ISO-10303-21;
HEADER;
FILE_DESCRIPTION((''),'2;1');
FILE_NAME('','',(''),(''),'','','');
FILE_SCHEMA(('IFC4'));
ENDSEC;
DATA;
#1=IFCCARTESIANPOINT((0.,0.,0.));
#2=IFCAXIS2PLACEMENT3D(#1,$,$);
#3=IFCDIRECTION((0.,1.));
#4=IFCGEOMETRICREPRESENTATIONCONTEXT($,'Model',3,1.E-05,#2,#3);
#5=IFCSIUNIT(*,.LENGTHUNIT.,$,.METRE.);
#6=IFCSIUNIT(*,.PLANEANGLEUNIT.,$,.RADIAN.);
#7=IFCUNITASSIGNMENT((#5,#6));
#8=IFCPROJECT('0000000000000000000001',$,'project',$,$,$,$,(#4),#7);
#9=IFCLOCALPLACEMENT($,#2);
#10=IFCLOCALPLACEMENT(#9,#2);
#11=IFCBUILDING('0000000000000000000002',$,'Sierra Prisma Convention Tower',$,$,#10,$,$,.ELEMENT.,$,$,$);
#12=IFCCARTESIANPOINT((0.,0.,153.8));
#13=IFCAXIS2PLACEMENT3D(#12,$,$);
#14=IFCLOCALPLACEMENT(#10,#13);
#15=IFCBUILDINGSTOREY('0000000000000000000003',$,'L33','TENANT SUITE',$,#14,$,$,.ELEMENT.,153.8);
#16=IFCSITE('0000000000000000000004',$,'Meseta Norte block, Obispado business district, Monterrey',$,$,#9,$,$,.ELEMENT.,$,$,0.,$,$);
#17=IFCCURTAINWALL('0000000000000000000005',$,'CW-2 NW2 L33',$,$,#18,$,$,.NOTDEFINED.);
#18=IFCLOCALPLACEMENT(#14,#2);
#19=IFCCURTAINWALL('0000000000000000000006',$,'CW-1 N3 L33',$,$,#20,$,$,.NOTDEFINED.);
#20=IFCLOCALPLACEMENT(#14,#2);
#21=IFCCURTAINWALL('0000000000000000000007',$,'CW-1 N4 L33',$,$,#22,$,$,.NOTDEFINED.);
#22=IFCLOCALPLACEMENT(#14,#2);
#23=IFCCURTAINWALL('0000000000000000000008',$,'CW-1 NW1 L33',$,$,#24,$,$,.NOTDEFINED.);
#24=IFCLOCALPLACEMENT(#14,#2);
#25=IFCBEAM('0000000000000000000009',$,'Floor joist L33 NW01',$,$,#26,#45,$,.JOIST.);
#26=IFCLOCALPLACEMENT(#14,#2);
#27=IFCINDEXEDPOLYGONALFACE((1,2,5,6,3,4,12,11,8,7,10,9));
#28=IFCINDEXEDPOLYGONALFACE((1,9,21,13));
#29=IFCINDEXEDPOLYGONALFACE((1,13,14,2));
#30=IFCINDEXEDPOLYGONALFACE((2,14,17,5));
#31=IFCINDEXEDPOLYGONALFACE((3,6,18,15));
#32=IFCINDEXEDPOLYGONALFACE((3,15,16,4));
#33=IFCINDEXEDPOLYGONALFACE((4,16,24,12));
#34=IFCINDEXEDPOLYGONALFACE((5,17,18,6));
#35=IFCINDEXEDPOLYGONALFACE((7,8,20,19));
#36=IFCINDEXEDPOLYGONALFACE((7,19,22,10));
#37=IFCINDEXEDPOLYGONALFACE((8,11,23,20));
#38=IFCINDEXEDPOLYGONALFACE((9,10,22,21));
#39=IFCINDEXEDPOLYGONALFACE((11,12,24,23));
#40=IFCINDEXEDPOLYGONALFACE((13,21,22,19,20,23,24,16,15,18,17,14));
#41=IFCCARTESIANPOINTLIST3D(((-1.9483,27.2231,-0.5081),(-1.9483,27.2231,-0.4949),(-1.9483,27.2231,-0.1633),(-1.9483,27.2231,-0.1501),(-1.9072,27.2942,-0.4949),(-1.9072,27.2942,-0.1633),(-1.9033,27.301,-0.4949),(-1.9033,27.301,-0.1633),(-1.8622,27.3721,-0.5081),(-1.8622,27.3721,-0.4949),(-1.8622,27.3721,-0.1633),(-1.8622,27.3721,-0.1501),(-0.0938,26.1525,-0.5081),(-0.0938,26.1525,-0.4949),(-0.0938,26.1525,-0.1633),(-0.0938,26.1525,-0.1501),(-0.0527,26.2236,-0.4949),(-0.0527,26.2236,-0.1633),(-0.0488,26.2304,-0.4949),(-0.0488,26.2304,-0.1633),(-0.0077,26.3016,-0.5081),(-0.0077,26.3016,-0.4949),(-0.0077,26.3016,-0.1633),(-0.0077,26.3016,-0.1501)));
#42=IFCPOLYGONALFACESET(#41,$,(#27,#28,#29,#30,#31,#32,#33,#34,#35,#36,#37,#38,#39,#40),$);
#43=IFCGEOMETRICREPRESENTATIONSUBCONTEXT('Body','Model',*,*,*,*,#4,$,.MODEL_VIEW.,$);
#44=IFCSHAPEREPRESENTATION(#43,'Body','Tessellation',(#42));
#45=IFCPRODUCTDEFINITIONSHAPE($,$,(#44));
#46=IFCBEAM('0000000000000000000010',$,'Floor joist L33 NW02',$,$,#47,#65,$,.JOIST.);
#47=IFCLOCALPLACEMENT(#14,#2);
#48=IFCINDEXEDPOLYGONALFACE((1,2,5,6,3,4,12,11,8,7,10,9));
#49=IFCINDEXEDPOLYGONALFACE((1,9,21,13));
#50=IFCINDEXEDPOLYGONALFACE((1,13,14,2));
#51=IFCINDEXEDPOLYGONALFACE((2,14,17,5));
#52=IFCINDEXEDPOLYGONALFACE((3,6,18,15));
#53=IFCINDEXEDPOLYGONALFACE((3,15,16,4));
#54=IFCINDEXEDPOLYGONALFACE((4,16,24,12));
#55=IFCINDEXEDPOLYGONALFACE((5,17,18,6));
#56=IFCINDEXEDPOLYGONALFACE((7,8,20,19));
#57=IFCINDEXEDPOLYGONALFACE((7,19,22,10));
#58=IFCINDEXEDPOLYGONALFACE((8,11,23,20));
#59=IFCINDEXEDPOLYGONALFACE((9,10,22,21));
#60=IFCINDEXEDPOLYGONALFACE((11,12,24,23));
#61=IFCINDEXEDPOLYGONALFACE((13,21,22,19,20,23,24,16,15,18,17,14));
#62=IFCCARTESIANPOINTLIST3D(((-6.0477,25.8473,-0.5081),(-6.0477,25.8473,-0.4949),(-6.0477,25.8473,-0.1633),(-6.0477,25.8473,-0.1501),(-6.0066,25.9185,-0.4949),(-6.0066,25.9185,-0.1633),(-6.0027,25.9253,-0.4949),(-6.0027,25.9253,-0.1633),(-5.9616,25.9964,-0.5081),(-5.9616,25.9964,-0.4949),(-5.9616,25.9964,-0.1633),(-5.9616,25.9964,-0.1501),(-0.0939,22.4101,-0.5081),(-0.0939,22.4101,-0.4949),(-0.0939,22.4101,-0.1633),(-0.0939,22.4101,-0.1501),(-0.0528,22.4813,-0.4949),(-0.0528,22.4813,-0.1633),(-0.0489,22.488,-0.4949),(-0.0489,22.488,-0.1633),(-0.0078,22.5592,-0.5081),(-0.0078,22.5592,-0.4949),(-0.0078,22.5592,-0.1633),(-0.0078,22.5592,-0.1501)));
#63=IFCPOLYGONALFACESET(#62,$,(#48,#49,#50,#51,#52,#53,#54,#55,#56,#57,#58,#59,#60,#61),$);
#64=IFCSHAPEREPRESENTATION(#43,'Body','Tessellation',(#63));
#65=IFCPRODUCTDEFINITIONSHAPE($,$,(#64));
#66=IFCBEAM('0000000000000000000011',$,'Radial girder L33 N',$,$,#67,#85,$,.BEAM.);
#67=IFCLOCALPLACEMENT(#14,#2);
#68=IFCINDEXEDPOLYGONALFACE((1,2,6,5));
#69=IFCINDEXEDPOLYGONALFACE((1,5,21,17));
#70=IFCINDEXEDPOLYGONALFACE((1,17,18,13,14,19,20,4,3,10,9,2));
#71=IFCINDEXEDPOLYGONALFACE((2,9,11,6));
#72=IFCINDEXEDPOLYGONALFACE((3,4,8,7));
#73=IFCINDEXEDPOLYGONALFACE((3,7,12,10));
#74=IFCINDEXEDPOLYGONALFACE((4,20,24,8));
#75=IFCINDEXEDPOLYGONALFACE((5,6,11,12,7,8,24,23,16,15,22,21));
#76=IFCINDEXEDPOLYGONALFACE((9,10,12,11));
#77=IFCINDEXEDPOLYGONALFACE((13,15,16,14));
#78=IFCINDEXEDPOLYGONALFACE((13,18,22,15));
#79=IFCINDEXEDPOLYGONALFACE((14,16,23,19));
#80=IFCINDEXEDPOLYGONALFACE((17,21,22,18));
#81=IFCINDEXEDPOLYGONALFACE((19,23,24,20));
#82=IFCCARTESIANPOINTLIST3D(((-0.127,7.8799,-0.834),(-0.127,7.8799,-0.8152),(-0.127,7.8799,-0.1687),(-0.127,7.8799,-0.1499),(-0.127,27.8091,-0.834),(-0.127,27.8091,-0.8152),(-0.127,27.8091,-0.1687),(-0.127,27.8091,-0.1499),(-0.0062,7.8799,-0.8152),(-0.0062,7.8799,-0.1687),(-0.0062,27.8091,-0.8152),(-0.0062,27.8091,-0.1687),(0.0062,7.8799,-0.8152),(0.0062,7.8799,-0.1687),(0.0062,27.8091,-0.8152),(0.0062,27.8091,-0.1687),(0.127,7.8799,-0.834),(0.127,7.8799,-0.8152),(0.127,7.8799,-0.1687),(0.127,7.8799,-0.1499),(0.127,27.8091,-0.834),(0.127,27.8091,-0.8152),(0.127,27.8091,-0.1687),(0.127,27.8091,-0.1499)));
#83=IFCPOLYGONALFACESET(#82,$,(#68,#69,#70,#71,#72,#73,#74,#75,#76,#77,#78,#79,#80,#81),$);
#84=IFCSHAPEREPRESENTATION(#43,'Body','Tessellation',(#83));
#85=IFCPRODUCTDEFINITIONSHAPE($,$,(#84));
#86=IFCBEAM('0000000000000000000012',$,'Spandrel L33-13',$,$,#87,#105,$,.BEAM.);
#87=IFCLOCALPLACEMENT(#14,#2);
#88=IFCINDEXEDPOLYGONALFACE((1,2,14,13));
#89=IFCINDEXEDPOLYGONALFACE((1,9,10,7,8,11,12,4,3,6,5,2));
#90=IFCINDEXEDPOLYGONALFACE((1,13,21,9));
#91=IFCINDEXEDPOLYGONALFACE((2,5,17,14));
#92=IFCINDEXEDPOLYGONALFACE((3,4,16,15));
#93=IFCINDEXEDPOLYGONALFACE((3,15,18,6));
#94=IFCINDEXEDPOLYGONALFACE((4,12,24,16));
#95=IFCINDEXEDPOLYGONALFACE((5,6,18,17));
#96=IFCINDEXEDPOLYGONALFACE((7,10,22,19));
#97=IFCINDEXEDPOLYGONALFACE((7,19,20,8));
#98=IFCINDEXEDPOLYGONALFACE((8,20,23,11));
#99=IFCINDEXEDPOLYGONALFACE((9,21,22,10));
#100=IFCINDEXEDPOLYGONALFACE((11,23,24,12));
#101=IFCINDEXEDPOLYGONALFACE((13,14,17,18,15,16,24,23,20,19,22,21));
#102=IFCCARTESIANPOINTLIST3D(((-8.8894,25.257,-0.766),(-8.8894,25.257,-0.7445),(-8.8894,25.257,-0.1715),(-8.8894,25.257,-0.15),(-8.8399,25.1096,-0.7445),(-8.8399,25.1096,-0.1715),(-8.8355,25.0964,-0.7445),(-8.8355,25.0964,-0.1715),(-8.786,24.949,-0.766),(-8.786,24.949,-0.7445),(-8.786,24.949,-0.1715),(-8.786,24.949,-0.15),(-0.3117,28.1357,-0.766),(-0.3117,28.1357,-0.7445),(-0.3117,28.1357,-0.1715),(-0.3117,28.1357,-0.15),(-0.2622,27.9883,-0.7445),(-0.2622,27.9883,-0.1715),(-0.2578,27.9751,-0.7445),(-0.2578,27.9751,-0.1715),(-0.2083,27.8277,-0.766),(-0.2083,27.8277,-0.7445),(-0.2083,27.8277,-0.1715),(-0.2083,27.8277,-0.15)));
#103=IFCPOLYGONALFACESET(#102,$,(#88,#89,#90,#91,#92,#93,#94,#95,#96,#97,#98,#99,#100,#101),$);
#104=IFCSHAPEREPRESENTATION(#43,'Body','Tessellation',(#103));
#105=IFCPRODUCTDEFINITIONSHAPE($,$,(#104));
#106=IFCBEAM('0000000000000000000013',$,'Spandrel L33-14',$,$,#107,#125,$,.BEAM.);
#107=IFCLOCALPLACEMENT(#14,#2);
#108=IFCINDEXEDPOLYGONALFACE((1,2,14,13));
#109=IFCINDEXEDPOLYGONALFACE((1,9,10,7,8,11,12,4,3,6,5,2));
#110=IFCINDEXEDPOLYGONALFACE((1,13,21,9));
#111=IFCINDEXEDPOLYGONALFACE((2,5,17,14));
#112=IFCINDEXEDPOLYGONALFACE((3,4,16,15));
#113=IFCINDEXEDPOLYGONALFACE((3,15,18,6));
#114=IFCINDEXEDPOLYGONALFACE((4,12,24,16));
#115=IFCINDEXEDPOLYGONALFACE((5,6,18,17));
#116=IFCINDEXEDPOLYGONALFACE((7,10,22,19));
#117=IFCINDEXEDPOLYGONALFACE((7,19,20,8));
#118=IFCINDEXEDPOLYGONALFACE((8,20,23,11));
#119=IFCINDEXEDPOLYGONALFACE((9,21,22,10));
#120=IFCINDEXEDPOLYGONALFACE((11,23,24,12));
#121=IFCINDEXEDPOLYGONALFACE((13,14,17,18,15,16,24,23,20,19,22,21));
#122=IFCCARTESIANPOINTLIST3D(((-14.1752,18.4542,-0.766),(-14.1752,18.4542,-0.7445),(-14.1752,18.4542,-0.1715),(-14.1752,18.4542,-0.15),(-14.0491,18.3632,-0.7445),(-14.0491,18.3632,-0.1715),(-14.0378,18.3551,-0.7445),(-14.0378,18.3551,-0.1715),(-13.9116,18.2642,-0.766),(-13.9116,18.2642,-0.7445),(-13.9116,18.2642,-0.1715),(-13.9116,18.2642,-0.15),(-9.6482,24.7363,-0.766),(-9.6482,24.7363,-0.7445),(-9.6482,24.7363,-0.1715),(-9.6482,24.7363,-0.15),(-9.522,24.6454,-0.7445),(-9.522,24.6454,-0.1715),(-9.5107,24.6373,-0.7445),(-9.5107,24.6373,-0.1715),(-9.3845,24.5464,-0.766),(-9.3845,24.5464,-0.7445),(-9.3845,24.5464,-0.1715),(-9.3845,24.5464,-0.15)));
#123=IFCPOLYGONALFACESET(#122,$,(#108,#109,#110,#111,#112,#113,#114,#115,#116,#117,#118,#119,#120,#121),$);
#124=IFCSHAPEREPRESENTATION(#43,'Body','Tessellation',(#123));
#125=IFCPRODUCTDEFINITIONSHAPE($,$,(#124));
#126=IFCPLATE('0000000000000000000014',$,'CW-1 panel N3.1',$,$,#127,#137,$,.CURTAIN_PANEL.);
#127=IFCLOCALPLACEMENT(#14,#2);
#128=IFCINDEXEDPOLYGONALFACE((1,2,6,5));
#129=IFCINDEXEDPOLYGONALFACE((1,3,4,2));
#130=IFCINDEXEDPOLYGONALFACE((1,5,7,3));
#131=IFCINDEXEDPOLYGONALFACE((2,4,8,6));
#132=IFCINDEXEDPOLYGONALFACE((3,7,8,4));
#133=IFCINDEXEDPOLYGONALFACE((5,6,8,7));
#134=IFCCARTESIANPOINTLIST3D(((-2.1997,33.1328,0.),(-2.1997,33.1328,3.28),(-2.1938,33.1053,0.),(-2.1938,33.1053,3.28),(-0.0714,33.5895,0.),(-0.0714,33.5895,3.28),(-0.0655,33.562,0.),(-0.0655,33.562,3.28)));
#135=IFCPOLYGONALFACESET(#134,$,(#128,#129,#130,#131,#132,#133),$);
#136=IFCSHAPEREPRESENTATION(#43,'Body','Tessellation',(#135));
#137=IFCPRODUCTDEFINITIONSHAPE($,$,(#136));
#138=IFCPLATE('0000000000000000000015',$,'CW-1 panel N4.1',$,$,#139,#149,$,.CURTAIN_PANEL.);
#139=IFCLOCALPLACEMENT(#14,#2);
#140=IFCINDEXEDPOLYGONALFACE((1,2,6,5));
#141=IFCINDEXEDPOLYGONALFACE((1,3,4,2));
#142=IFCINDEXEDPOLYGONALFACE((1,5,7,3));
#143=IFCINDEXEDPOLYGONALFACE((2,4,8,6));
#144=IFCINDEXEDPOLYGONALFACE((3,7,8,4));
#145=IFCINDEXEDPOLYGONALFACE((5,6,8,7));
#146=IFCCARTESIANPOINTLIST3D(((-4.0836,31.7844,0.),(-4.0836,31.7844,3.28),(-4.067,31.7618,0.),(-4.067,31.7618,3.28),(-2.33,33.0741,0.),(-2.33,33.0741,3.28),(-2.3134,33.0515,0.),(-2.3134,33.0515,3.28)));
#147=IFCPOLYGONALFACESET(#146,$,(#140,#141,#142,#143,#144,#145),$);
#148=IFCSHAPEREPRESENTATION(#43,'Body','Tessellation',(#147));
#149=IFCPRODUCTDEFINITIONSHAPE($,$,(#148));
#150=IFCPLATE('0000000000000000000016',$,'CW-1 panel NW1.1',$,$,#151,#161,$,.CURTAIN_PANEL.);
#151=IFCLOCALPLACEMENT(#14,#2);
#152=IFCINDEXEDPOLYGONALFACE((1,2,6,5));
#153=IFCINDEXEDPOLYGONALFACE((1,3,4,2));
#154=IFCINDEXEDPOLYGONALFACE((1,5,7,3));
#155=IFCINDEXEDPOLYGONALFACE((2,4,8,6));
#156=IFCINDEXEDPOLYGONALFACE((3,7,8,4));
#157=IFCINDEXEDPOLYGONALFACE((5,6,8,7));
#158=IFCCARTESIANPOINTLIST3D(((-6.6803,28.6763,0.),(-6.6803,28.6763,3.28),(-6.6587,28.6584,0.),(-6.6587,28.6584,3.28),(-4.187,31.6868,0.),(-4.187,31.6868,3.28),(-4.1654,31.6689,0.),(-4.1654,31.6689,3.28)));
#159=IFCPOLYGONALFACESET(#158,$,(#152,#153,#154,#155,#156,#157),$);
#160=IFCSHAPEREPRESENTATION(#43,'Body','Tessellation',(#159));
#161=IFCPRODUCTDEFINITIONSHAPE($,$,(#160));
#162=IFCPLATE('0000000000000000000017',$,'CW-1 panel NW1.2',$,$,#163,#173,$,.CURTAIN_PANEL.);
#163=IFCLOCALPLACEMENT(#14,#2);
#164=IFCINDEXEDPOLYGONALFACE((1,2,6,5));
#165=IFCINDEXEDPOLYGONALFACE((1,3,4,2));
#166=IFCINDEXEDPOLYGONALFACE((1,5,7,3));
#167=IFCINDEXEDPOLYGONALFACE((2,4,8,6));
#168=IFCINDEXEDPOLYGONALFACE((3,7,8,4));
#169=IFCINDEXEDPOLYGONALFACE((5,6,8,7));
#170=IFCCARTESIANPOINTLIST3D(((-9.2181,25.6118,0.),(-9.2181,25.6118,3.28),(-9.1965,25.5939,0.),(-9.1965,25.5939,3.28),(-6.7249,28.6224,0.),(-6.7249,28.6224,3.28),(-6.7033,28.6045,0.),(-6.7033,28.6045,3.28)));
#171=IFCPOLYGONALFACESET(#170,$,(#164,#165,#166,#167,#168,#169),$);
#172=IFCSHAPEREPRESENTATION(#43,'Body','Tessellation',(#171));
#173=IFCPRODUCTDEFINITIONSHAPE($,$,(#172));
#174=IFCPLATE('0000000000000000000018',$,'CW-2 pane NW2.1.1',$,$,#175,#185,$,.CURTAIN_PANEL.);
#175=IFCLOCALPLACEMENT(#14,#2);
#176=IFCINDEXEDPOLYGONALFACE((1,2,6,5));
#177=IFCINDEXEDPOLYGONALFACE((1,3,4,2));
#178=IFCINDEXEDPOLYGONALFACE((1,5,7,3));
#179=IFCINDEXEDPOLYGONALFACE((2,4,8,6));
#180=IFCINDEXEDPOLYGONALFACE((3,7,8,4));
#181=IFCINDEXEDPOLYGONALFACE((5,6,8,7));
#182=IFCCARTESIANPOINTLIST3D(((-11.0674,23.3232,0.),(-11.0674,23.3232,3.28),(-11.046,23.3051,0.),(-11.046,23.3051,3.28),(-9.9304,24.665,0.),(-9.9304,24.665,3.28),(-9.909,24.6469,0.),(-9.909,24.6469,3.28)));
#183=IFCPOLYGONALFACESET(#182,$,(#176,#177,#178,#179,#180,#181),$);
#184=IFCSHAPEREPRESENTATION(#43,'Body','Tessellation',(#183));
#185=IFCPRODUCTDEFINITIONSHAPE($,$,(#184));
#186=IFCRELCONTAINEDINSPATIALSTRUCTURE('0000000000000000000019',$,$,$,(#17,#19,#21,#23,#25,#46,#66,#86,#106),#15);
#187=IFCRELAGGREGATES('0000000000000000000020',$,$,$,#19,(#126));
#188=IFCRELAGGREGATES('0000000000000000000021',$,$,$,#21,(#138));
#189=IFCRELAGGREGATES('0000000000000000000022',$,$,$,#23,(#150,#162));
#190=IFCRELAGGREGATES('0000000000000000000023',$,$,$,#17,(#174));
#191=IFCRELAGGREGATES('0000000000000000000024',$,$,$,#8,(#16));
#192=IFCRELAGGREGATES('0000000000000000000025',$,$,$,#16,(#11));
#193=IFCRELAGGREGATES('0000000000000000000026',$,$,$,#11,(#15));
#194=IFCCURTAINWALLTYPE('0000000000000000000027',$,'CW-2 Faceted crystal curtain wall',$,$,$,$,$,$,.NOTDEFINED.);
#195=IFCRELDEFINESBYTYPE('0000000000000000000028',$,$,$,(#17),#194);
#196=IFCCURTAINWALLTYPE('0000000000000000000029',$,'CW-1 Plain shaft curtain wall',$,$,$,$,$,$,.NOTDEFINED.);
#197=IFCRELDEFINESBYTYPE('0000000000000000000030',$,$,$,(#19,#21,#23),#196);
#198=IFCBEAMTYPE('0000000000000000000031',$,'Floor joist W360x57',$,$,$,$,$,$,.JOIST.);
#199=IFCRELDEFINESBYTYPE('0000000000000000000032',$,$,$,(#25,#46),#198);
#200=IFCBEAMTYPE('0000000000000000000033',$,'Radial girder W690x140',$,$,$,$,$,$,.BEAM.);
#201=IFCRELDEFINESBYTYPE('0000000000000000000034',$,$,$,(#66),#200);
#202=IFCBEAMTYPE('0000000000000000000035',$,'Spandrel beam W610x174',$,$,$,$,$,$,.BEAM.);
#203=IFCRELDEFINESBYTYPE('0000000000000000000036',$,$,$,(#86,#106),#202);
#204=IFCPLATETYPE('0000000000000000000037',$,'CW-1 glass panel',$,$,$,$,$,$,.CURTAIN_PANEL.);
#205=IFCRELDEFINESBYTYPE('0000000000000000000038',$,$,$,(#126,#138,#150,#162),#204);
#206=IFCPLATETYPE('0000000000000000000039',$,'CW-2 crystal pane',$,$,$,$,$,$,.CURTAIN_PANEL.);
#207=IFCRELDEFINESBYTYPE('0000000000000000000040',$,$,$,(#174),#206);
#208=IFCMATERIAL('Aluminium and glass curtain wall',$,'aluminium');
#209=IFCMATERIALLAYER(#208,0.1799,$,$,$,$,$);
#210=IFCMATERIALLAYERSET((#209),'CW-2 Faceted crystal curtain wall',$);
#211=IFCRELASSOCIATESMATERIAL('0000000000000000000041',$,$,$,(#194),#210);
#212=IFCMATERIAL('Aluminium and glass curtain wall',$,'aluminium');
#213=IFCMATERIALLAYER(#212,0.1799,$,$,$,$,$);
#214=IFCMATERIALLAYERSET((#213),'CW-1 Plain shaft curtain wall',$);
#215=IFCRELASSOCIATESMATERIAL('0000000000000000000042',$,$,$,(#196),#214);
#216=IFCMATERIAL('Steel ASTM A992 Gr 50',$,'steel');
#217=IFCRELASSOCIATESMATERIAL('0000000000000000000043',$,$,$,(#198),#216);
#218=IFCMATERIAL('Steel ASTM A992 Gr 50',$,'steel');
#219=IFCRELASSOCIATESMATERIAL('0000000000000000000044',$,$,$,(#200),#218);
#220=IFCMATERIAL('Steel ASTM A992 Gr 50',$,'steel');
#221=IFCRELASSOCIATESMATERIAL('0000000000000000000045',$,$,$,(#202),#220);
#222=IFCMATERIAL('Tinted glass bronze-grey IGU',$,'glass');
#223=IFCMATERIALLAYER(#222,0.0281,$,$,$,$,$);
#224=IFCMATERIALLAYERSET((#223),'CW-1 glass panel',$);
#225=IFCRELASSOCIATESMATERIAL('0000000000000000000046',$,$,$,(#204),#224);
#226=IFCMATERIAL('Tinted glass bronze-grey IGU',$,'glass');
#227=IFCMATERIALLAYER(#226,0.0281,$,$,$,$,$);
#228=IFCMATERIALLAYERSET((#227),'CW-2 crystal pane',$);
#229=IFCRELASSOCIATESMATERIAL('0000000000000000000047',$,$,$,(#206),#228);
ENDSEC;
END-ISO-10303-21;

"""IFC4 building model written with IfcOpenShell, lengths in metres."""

from ifc_helpers import new_model, si_unit, direction, frame, origin, origin_2d, place, context, subcontext, project, spatial, polyline, rectangle, i_section, outline, extrude, material, layer, layer_set, material_profile, profile_set, type_object, element, aggregate, save


model = new_model("IFC4")

# Units and contexts
model_context = context("Model", 3, precision=1e-05, world=origin(), true_north=direction((0.0, 1.0)))
body_context = subcontext(model_context, "Body", "Model", "MODEL_VIEW")
ifc_project = project(units=[si_unit("LENGTHUNIT", "METRE"), si_unit("PLANEANGLEUNIT", "RADIAN")], contexts=[model_context])

# Site, building, storey
site_placement = place(None, origin())
site = spatial("IfcSite", under=ifc_project, at=site_placement, Name="Meseta Norte block, Obispado business district, Monterrey", CompositionType="ELEMENT", RefElevation=0.0)
building_placement = place(site_placement, origin())
building = spatial("IfcBuilding", under=site, at=building_placement, Name="Sierra Prisma Convention Tower", CompositionType="ELEMENT")
storey_placement = place(building_placement, frame((0.0, 0.0, 153.8)))
storey = spatial("IfcBuildingStorey", under=building, at=storey_placement, Name="L33", Description="TENANT SUITE", CompositionType="ELEMENT", Elevation=153.8)

# Curtain walls
ifc_material_1 = material(Name="Aluminium and glass curtain wall", Category="aluminium")
ifc_layer_1 = layer(ifc_material_1, 0.1799)
ifc_layer_set_1 = layer_set([ifc_layer_1], Name="CW-2 Faceted crystal curtain wall")
curtain_wall_type_1 = type_object("IfcCurtainWallType", Name="CW-2 Faceted crystal curtain wall", PredefinedType="NOTDEFINED", material=ifc_layer_set_1)
curtain_wall_1_placement = place(storey_placement, origin())
curtain_wall_1 = element("IfcCurtainWall", 1, at=curtain_wall_1_placement, inside=storey, type_object=curtain_wall_type_1, Name="CW-2 NW2 L33", PredefinedType="NOTDEFINED")
ifc_material_2 = material(Name="Aluminium and glass curtain wall", Category="aluminium")
ifc_layer_2 = layer(ifc_material_2, 0.1799)
ifc_layer_set_2 = layer_set([ifc_layer_2], Name="CW-1 Plain shaft curtain wall")
curtain_wall_type_2 = type_object("IfcCurtainWallType", Name="CW-1 Plain shaft curtain wall", PredefinedType="NOTDEFINED", material=ifc_layer_set_2)
curtain_wall_2_placement = place(storey_placement, origin())
curtain_wall_2 = element("IfcCurtainWall", 2, at=curtain_wall_2_placement, inside=storey, type_object=curtain_wall_type_2, Name="CW-1 N3 L33", PredefinedType="NOTDEFINED")
curtain_wall_3_placement = place(storey_placement, origin())
curtain_wall_3 = element("IfcCurtainWall", 3, at=curtain_wall_3_placement, inside=storey, type_object=curtain_wall_type_2, Name="CW-1 N4 L33", PredefinedType="NOTDEFINED")

# Curtain wall
curtain_wall_4_placement = place(storey_placement, origin())
curtain_wall_4 = element("IfcCurtainWall", 4, at=curtain_wall_4_placement, inside=storey, type_object=curtain_wall_type_2, Name="CW-1 NW1 L33", PredefinedType="NOTDEFINED")

# Beams
ifc_material_3 = material(Name="Steel ASTM A992 Gr 50", Category="steel")
ifc_material_profile_1 = material_profile(ifc_material_3, i_section(OverallWidth=0.1721, OverallDepth=0.3579, WebThickness=0.0078, FlangeThickness=0.0132, at=origin_2d()), Name="W360x57")
ifc_profile_set_1 = profile_set([ifc_material_profile_1], Name="Steel ASTM A992 Gr 50")
beam_type_1 = type_object("IfcBeamType", Name="Floor joist W360x57", PredefinedType="JOIST", material=ifc_profile_set_1)
beam_1_placement = place(storey_placement, frame((-1.9053, 27.2976, -0.3291), z_axis=(0.866053, -0.499953, 0.0), x_axis=(0.499953, 0.866053, 0.0)))
element("IfcBeam", 5, at=beam_1_placement, inside=storey, type_object=beam_type_1, Name="Floor joist L33 NW01", PredefinedType="JOIST", context=body_context, shape_type="SweptSolid", body=[
    extrude(i_section(OverallWidth=0.1721, OverallDepth=0.3579, WebThickness=0.0078, FlangeThickness=0.0132, at=origin_2d()), origin(), (0.0, 0.0, 1.0), 2.1414),
])
beam_2_placement = place(storey_placement, frame((-6.0046, 25.9219, -0.3291), z_axis=(0.866038, -0.499978, 0.0), x_axis=(0.499978, 0.866038, 0.0)))
element("IfcBeam", 6, at=beam_2_placement, inside=storey, type_object=beam_type_1, Name="Floor joist L33 NW02", PredefinedType="JOIST", context=body_context, shape_type="SweptSolid", body=[
    extrude(i_section(OverallWidth=0.1721, OverallDepth=0.3579, WebThickness=0.0078, FlangeThickness=0.0132, at=origin_2d()), origin(), (0.0, 0.0, 1.0), 6.8748),
])
ifc_material_4 = material(Name="Steel ASTM A992 Gr 50", Category="steel")
ifc_material_profile_2 = material_profile(ifc_material_4, i_section(OverallWidth=0.2539, OverallDepth=0.6841, WebThickness=0.0125, FlangeThickness=0.0188, at=origin_2d()), Name="W690x140")
ifc_profile_set_2 = profile_set([ifc_material_profile_2], Name="Steel ASTM A992 Gr 50")
beam_type_2 = type_object("IfcBeamType", Name="Radial girder W690x140", PredefinedType="BEAM", material=ifc_profile_set_2)
beam_3_placement = place(storey_placement, frame((0.0, 27.8091, -0.4919), z_axis=(0.0, -1.0, 0.0), x_axis=(1.0, 0.0, 0.0)))
element("IfcBeam", 7, at=beam_3_placement, inside=storey, type_object=beam_type_2, Name="Radial girder L33 N", PredefinedType="BEAM", context=body_context, shape_type="SweptSolid", body=[
    extrude(i_section(OverallWidth=0.2539, OverallDepth=0.6841, WebThickness=0.0125, FlangeThickness=0.0188, at=origin_2d()), origin(), (0.0, 0.0, 1.0), 19.9292),
])
ifc_material_5 = material(Name="Steel ASTM A992 Gr 50", Category="steel")
ifc_material_profile_3 = material_profile(ifc_material_5, i_section(OverallWidth=0.325, OverallDepth=0.616, WebThickness=0.0139, FlangeThickness=0.0215, at=origin_2d()), Name="W610x174")
ifc_profile_set_3 = profile_set([ifc_material_profile_3], Name="Steel ASTM A992 Gr 50")
beam_type_3 = type_object("IfcBeamType", Name="Spandrel beam W610x174", PredefinedType="BEAM", material=ifc_profile_set_3)
beam_4_placement = place(storey_placement, frame((-0.26, 27.9817, -0.458), z_axis=(-0.948036, -0.318162, 0.0), x_axis=(0.318162, -0.948036, 0.0)))
element("IfcBeam", 8, at=beam_4_placement, inside=storey, type_object=beam_type_3, Name="Spandrel L33-13", PredefinedType="BEAM", context=body_context, shape_type="SweptSolid", body=[
    extrude(i_section(OverallWidth=0.325, OverallDepth=0.616, WebThickness=0.0139, FlangeThickness=0.0215, at=origin_2d()), origin(), (0.0, 0.0, 1.0), 9.0479),
])
beam_5_placement = place(storey_placement, frame((-9.5164, 24.6414, -0.458), z_axis=(-0.584636, -0.811296, 0.0), x_axis=(0.811296, -0.584636, 0.0)))
element("IfcBeam", 9, at=beam_5_placement, inside=storey, type_object=beam_type_3, Name="Spandrel L33-14", PredefinedType="BEAM", context=body_context, shape_type="SweptSolid", body=[
    extrude(i_section(OverallWidth=0.325, OverallDepth=0.616, WebThickness=0.0139, FlangeThickness=0.0215, at=origin_2d()), origin(), (0.0, 0.0, 1.0), 7.7434),
])

# Plates
ifc_material_6 = material(Name="Tinted glass bronze-grey IGU", Category="glass")
ifc_layer_3 = layer(ifc_material_6, 0.0281)
ifc_layer_set_3 = layer_set([ifc_layer_3], Name="CW-1 glass panel")
plate_type_1 = type_object("IfcPlateType", Name="CW-1 glass panel", PredefinedType="CURTAIN_PANEL", material=ifc_layer_set_3)
plate_1_placement = place(storey_placement, frame((-1.1326, 33.3474, 0.0), z_axis=(0.0, 0.0, 1.0), x_axis=(-0.977743, -0.209805, 0.0)))
plate_1 = element("IfcPlate", 10, at=plate_1_placement, type_object=plate_type_1, Name="CW-1 panel N3.1", PredefinedType="CURTAIN_PANEL", context=body_context, shape_type="SweptSolid", body=[
    extrude(rectangle(XDim=2.1768, YDim=0.0281, at=origin_2d()), origin(), (0.0, 0.0, 1.0), 3.28),
])
aggregate(curtain_wall_2, [plate_1])
plate_2_placement = place(storey_placement, frame((-3.1985, 32.418, 0.0), z_axis=(0.0, 0.0, 1.0), x_axis=(-0.805589, -0.592475, 0.0)))
plate_2 = element("IfcPlate", 11, at=plate_2_placement, type_object=plate_type_1, Name="CW-1 panel N4.1", PredefinedType="CURTAIN_PANEL", context=body_context, shape_type="SweptSolid", body=[
    extrude(rectangle(XDim=2.1768, YDim=0.0281, at=origin_2d()), origin(), (0.0, 0.0, 1.0), 3.28),
])
aggregate(curtain_wall_3, [plate_2])
plate_3_placement = place(storey_placement, frame((-5.4229, 30.1726, 0.0), z_axis=(0.0, 0.0, 1.0), x_axis=(-0.63783, -0.770177, 0.0)))
plate_3 = element("IfcPlate", 12, at=plate_3_placement, type_object=plate_type_1, Name="CW-1 panel NW1.1", PredefinedType="CURTAIN_PANEL", context=body_context, shape_type="SweptSolid", body=[
    extrude(rectangle(XDim=3.9089, YDim=0.0281, at=origin_2d()), origin(), (0.0, 0.0, 1.0), 3.28),
])
plate_4_placement = place(storey_placement, frame((-7.9607, 27.1082, 0.0), z_axis=(0.0, 0.0, 1.0), x_axis=(-0.63783, -0.770177, 0.0)))
plate_4 = element("IfcPlate", 13, at=plate_4_placement, type_object=plate_type_1, Name="CW-1 panel NW1.2", PredefinedType="CURTAIN_PANEL", context=body_context, shape_type="SweptSolid", body=[
    extrude(rectangle(XDim=3.9089, YDim=0.0281, at=origin_2d()), origin(), (0.0, 0.0, 1.0), 3.28),
])
aggregate(curtain_wall_4, [plate_3, plate_4])
ifc_material_7 = material(Name="Tinted glass bronze-grey IGU", Category="glass")
ifc_layer_4 = layer(ifc_material_7, 0.0281)
ifc_layer_set_4 = layer_set([ifc_layer_4], Name="CW-2 crystal pane")
plate_type_2 = type_object("IfcPlateType", Name="CW-2 crystal pane", PredefinedType="CURTAIN_PANEL", material=ifc_layer_set_4)
plate_5_placement = place(storey_placement, frame((-9.9304, 24.665, 0.0), z_axis=(-0.762939, 0.646471, 0.0), x_axis=(-0.646471, -0.762939, 0.0)))
plate_5 = element("IfcPlate", 14, at=plate_5_placement, type_object=plate_type_2, Name="CW-2 pane NW2.1.1", PredefinedType="CURTAIN_PANEL", context=body_context, shape_type="SweptSolid", body=[
    extrude(outline(polyline([(0.0, 0.0), (1.7587, 0.0), (1.7587, 3.28), (0.0, 3.28), (0.0, 0.0)])), origin(), (0.0, 0.0, -1.0), 0.0281),
])
aggregate(curtain_wall_1, [plate_5])

save(model, "model.ifc")
